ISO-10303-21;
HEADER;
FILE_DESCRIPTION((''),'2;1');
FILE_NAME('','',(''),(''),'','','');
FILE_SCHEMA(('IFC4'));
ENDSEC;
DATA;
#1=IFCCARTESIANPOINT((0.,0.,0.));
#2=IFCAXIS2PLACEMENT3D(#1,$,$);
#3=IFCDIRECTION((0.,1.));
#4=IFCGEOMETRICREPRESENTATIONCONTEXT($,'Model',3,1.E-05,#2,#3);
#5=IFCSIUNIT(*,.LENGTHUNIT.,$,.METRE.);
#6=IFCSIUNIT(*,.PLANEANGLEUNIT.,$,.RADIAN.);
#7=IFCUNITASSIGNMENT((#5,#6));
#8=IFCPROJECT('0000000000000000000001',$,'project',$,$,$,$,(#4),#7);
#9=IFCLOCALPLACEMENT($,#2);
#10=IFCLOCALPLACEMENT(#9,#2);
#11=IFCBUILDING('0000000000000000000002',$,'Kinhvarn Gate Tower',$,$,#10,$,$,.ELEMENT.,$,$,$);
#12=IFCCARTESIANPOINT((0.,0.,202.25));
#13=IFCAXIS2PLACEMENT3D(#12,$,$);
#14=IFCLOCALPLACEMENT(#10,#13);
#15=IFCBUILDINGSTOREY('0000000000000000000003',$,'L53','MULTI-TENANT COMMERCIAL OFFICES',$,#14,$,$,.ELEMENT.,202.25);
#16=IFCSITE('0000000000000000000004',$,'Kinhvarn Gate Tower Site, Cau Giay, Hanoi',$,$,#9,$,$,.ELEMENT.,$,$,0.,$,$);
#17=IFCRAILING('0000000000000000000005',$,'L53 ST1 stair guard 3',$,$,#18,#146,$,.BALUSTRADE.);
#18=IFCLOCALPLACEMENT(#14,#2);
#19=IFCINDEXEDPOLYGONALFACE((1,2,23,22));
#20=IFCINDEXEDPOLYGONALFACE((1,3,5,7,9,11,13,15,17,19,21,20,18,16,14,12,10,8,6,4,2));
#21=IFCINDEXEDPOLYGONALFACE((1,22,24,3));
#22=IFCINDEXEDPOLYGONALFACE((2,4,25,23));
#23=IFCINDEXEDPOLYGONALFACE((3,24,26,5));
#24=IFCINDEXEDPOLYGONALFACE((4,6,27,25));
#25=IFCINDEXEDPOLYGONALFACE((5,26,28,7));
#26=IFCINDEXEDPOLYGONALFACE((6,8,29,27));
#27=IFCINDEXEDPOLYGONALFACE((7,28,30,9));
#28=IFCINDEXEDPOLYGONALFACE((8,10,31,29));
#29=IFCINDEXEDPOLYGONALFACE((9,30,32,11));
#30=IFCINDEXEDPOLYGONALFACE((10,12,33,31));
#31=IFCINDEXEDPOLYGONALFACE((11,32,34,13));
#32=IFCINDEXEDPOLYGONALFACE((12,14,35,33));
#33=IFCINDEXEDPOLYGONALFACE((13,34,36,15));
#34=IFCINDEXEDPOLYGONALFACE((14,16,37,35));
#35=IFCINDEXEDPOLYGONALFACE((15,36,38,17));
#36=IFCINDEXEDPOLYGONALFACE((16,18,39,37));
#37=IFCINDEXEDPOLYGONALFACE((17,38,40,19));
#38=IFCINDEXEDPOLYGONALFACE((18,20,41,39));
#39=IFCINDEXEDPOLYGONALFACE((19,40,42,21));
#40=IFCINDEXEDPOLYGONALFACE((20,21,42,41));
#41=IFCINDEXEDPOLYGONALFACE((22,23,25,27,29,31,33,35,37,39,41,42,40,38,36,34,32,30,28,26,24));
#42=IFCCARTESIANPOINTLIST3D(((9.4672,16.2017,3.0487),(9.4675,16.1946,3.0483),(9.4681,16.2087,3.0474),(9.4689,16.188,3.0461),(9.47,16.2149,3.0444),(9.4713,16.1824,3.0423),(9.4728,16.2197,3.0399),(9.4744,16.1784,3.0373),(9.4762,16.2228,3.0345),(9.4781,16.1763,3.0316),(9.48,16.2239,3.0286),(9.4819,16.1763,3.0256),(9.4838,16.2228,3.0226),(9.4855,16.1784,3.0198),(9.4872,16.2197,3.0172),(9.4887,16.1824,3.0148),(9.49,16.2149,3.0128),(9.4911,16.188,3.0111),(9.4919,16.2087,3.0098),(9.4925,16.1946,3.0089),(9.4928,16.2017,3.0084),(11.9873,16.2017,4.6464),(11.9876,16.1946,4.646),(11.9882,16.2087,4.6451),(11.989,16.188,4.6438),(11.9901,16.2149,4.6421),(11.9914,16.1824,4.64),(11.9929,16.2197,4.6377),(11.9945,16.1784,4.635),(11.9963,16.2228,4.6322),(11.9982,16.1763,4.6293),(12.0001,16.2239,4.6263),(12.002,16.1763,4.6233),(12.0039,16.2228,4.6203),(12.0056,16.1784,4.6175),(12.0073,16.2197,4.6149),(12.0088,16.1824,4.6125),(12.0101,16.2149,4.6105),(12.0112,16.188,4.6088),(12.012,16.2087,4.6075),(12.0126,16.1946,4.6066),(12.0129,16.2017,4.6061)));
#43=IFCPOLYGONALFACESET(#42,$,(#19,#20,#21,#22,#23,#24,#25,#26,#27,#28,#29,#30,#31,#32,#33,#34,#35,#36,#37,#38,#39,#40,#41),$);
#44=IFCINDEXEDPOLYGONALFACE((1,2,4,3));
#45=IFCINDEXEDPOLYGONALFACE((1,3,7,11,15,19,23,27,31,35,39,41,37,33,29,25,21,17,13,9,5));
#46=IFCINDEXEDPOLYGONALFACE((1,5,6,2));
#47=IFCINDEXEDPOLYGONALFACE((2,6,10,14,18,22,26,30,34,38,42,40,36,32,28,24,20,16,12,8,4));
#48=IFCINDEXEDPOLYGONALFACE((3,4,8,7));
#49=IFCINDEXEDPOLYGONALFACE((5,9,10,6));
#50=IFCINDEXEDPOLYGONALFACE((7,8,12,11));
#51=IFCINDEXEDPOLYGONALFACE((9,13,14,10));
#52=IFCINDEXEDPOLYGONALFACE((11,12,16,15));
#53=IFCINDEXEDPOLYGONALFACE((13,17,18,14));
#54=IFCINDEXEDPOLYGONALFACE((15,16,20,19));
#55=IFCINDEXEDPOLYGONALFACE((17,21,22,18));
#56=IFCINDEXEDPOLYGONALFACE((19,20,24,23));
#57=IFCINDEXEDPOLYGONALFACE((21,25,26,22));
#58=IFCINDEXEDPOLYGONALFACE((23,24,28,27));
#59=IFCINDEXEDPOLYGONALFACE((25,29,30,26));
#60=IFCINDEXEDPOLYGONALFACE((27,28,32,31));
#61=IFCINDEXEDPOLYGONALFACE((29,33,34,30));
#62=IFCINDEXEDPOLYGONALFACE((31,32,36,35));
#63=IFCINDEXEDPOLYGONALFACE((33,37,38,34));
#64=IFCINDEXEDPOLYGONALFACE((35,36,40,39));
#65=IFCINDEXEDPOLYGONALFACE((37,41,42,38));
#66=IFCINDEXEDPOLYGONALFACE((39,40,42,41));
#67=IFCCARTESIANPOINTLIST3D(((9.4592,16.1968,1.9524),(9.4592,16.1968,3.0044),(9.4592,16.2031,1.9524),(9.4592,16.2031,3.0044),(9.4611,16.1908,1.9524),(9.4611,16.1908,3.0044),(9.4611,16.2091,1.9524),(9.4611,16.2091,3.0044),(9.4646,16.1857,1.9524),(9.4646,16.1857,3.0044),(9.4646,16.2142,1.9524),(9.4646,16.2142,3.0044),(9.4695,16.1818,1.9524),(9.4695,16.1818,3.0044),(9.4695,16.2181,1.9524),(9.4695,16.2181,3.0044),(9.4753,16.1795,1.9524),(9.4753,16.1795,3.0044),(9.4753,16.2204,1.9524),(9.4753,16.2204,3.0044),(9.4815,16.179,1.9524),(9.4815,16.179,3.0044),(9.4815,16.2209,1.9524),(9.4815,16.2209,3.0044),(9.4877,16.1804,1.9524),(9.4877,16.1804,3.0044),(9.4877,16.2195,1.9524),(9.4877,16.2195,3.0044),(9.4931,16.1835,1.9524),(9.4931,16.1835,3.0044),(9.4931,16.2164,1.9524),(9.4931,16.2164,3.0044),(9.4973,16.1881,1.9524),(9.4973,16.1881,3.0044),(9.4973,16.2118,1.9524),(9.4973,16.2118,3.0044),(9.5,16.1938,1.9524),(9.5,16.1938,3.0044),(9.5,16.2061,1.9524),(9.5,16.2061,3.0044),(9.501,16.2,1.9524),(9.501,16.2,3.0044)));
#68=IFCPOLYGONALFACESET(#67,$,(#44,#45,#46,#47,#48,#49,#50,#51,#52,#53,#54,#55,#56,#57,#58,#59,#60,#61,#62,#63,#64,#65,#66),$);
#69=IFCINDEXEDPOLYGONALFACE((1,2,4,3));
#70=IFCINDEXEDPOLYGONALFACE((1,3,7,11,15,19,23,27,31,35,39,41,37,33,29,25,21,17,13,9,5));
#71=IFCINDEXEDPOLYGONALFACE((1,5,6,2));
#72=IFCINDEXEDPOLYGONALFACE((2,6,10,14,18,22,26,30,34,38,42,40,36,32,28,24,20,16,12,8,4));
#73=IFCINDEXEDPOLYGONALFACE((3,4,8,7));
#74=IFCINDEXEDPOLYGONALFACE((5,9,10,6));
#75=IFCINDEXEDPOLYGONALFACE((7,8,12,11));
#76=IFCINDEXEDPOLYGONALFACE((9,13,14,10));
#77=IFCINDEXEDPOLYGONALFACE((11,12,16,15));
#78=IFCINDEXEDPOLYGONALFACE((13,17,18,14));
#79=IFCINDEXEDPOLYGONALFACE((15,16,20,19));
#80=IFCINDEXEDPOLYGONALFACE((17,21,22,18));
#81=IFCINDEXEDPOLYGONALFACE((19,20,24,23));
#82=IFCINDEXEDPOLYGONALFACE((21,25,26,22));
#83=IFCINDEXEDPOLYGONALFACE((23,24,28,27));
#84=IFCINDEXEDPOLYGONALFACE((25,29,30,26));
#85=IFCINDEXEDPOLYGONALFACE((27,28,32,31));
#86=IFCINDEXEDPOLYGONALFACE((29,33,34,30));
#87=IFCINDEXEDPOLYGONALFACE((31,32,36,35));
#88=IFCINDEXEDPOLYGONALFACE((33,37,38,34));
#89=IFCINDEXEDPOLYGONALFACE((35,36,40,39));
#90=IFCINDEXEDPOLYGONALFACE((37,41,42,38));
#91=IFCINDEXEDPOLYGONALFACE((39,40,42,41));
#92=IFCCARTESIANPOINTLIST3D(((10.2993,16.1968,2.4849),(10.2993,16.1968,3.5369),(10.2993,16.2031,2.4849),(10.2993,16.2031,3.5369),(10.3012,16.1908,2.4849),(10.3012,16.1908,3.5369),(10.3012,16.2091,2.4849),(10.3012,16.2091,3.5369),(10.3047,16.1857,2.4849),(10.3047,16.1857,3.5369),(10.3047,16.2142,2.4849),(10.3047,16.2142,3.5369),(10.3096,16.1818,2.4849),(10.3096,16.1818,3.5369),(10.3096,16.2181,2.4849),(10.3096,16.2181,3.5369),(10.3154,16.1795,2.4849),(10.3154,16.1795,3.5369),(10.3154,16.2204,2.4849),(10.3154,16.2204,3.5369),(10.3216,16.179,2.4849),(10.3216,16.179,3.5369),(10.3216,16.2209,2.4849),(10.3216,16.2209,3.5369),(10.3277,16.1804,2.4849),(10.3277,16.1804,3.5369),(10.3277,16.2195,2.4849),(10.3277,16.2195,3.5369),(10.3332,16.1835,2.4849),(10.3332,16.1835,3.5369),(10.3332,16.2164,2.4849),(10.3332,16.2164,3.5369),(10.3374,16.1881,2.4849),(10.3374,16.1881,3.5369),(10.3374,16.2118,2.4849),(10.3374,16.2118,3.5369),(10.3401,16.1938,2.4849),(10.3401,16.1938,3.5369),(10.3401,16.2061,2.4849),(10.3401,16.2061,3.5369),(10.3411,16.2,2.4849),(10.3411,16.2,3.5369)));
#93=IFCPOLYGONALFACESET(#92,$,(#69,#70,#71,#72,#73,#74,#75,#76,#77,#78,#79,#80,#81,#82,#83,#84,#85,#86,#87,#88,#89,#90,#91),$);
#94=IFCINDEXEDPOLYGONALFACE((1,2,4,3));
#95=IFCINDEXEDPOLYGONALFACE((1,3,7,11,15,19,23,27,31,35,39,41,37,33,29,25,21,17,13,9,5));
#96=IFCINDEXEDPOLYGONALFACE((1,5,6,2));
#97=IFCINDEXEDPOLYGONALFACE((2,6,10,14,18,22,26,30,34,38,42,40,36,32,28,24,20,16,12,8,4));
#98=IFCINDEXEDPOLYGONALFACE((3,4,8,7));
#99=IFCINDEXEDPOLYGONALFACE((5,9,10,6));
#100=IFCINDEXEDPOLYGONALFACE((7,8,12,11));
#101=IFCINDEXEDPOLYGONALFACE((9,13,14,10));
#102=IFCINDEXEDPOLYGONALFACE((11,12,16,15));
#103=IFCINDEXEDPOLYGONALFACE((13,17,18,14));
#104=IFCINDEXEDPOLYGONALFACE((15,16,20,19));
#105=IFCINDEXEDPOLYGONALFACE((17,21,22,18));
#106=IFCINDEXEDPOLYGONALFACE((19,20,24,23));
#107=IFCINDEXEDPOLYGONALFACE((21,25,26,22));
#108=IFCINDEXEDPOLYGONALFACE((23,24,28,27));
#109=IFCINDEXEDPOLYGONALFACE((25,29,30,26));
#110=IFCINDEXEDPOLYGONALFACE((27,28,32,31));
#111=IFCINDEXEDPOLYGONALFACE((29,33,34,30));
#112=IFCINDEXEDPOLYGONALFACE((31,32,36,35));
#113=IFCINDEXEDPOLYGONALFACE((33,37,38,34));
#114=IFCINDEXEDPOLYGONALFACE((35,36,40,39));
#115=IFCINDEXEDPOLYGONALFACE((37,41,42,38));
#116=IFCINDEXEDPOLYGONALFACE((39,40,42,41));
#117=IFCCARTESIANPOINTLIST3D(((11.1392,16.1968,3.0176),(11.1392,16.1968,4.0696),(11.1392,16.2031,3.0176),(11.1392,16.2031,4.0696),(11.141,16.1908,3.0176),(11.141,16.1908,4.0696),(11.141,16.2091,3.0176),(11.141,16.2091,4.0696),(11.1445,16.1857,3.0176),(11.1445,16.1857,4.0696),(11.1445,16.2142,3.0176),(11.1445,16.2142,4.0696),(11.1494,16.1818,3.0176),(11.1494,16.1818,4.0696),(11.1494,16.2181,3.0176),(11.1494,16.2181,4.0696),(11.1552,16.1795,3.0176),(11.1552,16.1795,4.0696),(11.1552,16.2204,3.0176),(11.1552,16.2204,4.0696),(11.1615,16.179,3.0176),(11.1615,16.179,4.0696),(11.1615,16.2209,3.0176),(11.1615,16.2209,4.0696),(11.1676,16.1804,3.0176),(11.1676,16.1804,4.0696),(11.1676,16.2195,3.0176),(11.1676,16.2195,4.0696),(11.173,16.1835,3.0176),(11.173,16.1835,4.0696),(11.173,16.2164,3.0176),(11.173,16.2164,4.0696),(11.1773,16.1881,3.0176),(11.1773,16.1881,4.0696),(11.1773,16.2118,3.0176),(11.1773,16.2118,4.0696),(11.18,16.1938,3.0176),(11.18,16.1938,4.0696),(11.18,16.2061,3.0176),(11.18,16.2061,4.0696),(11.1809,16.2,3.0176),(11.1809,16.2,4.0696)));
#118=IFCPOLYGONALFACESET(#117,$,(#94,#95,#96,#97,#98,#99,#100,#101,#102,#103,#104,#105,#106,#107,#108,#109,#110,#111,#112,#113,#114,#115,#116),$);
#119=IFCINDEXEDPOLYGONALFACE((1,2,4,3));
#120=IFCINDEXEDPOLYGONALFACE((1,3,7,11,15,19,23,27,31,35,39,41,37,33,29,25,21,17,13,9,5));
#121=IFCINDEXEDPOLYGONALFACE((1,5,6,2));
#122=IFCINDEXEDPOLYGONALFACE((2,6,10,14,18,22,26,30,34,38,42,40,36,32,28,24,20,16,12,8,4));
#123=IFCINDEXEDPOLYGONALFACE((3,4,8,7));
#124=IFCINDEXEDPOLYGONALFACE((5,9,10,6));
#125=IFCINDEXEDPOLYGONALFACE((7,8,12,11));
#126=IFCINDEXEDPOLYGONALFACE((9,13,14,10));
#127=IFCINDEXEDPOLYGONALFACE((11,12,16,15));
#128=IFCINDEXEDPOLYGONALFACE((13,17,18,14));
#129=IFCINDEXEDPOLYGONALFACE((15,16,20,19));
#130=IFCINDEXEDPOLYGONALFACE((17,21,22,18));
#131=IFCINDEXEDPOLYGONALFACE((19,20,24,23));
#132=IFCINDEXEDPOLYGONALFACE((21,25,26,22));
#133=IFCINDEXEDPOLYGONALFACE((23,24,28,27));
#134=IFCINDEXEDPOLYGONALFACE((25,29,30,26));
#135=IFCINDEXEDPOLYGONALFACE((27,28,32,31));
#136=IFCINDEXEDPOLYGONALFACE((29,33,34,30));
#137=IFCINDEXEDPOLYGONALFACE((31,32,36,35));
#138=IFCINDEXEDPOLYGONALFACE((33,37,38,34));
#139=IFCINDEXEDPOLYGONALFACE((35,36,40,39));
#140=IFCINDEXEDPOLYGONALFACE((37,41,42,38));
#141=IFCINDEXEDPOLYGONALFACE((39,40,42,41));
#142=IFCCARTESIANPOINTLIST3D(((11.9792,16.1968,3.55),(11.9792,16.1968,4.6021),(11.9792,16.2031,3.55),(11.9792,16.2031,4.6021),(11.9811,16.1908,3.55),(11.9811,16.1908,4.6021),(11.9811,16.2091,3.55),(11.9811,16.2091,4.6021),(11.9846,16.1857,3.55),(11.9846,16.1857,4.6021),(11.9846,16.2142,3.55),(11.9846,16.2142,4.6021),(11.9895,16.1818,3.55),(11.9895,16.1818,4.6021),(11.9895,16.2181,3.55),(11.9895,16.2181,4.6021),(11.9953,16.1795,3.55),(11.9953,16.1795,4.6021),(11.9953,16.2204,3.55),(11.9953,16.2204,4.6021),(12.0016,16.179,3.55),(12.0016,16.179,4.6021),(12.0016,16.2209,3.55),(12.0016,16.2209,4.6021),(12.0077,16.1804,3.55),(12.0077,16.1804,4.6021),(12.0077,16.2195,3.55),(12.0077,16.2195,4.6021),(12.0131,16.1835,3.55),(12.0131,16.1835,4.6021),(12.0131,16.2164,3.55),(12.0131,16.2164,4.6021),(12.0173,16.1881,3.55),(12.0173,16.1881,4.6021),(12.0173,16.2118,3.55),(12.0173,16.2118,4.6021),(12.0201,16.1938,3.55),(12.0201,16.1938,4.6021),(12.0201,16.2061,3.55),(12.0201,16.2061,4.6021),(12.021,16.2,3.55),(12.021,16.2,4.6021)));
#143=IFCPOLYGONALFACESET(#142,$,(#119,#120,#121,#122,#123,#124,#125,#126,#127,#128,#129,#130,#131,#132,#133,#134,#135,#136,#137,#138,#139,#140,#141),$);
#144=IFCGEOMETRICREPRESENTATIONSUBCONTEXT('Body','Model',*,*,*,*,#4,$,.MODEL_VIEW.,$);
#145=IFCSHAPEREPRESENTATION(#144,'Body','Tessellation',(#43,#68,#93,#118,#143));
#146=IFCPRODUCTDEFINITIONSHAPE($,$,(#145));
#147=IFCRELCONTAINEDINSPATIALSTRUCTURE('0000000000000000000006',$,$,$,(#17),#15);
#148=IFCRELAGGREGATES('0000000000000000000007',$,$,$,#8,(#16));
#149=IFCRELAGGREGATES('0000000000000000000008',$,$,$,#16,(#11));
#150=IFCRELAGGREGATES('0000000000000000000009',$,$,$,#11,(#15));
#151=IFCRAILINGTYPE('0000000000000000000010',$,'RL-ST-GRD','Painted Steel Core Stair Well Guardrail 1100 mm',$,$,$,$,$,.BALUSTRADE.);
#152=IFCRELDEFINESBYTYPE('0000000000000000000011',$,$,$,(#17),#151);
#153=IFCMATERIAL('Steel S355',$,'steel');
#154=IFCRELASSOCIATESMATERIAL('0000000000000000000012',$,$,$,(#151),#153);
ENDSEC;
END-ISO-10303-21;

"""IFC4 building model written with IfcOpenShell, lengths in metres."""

from ifc_helpers import new_model, si_unit, direction, frame, origin, origin_2d, place, context, subcontext, project, spatial, circle, extrude, material, type_object, element, save


model = new_model("IFC4")

# Units and contexts
model_context = context("Model", 3, precision=1e-05, world=origin(), true_north=direction((0.0, 1.0)))
body_context = subcontext(model_context, "Body", "Model", "MODEL_VIEW")
ifc_project = project(units=[si_unit("LENGTHUNIT", "METRE"), si_unit("PLANEANGLEUNIT", "RADIAN")], contexts=[model_context])

# Site, building, storey
site_placement = place(None, origin())
site = spatial("IfcSite", under=ifc_project, at=site_placement, Name="Kinhvarn Gate Tower Site, Cau Giay, Hanoi", CompositionType="ELEMENT", RefElevation=0.0)
building_placement = place(site_placement, origin())
building = spatial("IfcBuilding", under=site, at=building_placement, Name="Kinhvarn Gate Tower", CompositionType="ELEMENT")
storey_placement = place(building_placement, frame((0.0, 0.0, 202.25)))
storey = spatial("IfcBuildingStorey", under=building, at=storey_placement, Name="L53", Description="MULTI-TENANT COMMERCIAL OFFICES", CompositionType="ELEMENT", Elevation=202.25)

# Shared definitions
ifc_material_1 = material(Name="Steel S355", Category="steel")

# Railing
railing_type_1 = type_object("IfcRailingType", Name="RL-ST-GRD", Description="Painted Steel Core Stair Well Guardrail 1100 mm", PredefinedType="BALUSTRADE", material=ifc_material_1)
railing_1_placement = place(storey_placement, frame((9.48, 16.2, 1.9524)))
element("IfcRailing", 1, at=railing_1_placement, inside=storey, type_object=railing_type_1, Name="L53 ST1 stair guard 3", PredefinedType="BALUSTRADE", context=body_context, shape_type="SweptSolid", body=[
    extrude(circle(Radius=0.0239, at=origin_2d()), frame((0.0, 0.0, 1.0762), z_axis=(0.84457, 0.0, 0.535445), x_axis=(0.0, 1.0, 0.0)), (0.0, 0.0, 1.0), 2.9839),
    extrude(circle(Radius=0.021, at=origin_2d()), origin(), (0.0, 0.0, 1.0), 1.052),
    extrude(circle(Radius=0.021, at=origin_2d()), frame((0.8401, 0.0, 0.5325)), (0.0, 0.0, 1.0), 1.052),
    extrude(circle(Radius=0.021, at=origin_2d()), frame((1.6799, 0.0, 1.0652)), (0.0, 0.0, 1.0), 1.052),
    extrude(circle(Radius=0.021, at=origin_2d()), frame((2.52, 0.0, 1.5977)), (0.0, 0.0, 1.0), 1.052),
])

save(model, "model.ifc")
